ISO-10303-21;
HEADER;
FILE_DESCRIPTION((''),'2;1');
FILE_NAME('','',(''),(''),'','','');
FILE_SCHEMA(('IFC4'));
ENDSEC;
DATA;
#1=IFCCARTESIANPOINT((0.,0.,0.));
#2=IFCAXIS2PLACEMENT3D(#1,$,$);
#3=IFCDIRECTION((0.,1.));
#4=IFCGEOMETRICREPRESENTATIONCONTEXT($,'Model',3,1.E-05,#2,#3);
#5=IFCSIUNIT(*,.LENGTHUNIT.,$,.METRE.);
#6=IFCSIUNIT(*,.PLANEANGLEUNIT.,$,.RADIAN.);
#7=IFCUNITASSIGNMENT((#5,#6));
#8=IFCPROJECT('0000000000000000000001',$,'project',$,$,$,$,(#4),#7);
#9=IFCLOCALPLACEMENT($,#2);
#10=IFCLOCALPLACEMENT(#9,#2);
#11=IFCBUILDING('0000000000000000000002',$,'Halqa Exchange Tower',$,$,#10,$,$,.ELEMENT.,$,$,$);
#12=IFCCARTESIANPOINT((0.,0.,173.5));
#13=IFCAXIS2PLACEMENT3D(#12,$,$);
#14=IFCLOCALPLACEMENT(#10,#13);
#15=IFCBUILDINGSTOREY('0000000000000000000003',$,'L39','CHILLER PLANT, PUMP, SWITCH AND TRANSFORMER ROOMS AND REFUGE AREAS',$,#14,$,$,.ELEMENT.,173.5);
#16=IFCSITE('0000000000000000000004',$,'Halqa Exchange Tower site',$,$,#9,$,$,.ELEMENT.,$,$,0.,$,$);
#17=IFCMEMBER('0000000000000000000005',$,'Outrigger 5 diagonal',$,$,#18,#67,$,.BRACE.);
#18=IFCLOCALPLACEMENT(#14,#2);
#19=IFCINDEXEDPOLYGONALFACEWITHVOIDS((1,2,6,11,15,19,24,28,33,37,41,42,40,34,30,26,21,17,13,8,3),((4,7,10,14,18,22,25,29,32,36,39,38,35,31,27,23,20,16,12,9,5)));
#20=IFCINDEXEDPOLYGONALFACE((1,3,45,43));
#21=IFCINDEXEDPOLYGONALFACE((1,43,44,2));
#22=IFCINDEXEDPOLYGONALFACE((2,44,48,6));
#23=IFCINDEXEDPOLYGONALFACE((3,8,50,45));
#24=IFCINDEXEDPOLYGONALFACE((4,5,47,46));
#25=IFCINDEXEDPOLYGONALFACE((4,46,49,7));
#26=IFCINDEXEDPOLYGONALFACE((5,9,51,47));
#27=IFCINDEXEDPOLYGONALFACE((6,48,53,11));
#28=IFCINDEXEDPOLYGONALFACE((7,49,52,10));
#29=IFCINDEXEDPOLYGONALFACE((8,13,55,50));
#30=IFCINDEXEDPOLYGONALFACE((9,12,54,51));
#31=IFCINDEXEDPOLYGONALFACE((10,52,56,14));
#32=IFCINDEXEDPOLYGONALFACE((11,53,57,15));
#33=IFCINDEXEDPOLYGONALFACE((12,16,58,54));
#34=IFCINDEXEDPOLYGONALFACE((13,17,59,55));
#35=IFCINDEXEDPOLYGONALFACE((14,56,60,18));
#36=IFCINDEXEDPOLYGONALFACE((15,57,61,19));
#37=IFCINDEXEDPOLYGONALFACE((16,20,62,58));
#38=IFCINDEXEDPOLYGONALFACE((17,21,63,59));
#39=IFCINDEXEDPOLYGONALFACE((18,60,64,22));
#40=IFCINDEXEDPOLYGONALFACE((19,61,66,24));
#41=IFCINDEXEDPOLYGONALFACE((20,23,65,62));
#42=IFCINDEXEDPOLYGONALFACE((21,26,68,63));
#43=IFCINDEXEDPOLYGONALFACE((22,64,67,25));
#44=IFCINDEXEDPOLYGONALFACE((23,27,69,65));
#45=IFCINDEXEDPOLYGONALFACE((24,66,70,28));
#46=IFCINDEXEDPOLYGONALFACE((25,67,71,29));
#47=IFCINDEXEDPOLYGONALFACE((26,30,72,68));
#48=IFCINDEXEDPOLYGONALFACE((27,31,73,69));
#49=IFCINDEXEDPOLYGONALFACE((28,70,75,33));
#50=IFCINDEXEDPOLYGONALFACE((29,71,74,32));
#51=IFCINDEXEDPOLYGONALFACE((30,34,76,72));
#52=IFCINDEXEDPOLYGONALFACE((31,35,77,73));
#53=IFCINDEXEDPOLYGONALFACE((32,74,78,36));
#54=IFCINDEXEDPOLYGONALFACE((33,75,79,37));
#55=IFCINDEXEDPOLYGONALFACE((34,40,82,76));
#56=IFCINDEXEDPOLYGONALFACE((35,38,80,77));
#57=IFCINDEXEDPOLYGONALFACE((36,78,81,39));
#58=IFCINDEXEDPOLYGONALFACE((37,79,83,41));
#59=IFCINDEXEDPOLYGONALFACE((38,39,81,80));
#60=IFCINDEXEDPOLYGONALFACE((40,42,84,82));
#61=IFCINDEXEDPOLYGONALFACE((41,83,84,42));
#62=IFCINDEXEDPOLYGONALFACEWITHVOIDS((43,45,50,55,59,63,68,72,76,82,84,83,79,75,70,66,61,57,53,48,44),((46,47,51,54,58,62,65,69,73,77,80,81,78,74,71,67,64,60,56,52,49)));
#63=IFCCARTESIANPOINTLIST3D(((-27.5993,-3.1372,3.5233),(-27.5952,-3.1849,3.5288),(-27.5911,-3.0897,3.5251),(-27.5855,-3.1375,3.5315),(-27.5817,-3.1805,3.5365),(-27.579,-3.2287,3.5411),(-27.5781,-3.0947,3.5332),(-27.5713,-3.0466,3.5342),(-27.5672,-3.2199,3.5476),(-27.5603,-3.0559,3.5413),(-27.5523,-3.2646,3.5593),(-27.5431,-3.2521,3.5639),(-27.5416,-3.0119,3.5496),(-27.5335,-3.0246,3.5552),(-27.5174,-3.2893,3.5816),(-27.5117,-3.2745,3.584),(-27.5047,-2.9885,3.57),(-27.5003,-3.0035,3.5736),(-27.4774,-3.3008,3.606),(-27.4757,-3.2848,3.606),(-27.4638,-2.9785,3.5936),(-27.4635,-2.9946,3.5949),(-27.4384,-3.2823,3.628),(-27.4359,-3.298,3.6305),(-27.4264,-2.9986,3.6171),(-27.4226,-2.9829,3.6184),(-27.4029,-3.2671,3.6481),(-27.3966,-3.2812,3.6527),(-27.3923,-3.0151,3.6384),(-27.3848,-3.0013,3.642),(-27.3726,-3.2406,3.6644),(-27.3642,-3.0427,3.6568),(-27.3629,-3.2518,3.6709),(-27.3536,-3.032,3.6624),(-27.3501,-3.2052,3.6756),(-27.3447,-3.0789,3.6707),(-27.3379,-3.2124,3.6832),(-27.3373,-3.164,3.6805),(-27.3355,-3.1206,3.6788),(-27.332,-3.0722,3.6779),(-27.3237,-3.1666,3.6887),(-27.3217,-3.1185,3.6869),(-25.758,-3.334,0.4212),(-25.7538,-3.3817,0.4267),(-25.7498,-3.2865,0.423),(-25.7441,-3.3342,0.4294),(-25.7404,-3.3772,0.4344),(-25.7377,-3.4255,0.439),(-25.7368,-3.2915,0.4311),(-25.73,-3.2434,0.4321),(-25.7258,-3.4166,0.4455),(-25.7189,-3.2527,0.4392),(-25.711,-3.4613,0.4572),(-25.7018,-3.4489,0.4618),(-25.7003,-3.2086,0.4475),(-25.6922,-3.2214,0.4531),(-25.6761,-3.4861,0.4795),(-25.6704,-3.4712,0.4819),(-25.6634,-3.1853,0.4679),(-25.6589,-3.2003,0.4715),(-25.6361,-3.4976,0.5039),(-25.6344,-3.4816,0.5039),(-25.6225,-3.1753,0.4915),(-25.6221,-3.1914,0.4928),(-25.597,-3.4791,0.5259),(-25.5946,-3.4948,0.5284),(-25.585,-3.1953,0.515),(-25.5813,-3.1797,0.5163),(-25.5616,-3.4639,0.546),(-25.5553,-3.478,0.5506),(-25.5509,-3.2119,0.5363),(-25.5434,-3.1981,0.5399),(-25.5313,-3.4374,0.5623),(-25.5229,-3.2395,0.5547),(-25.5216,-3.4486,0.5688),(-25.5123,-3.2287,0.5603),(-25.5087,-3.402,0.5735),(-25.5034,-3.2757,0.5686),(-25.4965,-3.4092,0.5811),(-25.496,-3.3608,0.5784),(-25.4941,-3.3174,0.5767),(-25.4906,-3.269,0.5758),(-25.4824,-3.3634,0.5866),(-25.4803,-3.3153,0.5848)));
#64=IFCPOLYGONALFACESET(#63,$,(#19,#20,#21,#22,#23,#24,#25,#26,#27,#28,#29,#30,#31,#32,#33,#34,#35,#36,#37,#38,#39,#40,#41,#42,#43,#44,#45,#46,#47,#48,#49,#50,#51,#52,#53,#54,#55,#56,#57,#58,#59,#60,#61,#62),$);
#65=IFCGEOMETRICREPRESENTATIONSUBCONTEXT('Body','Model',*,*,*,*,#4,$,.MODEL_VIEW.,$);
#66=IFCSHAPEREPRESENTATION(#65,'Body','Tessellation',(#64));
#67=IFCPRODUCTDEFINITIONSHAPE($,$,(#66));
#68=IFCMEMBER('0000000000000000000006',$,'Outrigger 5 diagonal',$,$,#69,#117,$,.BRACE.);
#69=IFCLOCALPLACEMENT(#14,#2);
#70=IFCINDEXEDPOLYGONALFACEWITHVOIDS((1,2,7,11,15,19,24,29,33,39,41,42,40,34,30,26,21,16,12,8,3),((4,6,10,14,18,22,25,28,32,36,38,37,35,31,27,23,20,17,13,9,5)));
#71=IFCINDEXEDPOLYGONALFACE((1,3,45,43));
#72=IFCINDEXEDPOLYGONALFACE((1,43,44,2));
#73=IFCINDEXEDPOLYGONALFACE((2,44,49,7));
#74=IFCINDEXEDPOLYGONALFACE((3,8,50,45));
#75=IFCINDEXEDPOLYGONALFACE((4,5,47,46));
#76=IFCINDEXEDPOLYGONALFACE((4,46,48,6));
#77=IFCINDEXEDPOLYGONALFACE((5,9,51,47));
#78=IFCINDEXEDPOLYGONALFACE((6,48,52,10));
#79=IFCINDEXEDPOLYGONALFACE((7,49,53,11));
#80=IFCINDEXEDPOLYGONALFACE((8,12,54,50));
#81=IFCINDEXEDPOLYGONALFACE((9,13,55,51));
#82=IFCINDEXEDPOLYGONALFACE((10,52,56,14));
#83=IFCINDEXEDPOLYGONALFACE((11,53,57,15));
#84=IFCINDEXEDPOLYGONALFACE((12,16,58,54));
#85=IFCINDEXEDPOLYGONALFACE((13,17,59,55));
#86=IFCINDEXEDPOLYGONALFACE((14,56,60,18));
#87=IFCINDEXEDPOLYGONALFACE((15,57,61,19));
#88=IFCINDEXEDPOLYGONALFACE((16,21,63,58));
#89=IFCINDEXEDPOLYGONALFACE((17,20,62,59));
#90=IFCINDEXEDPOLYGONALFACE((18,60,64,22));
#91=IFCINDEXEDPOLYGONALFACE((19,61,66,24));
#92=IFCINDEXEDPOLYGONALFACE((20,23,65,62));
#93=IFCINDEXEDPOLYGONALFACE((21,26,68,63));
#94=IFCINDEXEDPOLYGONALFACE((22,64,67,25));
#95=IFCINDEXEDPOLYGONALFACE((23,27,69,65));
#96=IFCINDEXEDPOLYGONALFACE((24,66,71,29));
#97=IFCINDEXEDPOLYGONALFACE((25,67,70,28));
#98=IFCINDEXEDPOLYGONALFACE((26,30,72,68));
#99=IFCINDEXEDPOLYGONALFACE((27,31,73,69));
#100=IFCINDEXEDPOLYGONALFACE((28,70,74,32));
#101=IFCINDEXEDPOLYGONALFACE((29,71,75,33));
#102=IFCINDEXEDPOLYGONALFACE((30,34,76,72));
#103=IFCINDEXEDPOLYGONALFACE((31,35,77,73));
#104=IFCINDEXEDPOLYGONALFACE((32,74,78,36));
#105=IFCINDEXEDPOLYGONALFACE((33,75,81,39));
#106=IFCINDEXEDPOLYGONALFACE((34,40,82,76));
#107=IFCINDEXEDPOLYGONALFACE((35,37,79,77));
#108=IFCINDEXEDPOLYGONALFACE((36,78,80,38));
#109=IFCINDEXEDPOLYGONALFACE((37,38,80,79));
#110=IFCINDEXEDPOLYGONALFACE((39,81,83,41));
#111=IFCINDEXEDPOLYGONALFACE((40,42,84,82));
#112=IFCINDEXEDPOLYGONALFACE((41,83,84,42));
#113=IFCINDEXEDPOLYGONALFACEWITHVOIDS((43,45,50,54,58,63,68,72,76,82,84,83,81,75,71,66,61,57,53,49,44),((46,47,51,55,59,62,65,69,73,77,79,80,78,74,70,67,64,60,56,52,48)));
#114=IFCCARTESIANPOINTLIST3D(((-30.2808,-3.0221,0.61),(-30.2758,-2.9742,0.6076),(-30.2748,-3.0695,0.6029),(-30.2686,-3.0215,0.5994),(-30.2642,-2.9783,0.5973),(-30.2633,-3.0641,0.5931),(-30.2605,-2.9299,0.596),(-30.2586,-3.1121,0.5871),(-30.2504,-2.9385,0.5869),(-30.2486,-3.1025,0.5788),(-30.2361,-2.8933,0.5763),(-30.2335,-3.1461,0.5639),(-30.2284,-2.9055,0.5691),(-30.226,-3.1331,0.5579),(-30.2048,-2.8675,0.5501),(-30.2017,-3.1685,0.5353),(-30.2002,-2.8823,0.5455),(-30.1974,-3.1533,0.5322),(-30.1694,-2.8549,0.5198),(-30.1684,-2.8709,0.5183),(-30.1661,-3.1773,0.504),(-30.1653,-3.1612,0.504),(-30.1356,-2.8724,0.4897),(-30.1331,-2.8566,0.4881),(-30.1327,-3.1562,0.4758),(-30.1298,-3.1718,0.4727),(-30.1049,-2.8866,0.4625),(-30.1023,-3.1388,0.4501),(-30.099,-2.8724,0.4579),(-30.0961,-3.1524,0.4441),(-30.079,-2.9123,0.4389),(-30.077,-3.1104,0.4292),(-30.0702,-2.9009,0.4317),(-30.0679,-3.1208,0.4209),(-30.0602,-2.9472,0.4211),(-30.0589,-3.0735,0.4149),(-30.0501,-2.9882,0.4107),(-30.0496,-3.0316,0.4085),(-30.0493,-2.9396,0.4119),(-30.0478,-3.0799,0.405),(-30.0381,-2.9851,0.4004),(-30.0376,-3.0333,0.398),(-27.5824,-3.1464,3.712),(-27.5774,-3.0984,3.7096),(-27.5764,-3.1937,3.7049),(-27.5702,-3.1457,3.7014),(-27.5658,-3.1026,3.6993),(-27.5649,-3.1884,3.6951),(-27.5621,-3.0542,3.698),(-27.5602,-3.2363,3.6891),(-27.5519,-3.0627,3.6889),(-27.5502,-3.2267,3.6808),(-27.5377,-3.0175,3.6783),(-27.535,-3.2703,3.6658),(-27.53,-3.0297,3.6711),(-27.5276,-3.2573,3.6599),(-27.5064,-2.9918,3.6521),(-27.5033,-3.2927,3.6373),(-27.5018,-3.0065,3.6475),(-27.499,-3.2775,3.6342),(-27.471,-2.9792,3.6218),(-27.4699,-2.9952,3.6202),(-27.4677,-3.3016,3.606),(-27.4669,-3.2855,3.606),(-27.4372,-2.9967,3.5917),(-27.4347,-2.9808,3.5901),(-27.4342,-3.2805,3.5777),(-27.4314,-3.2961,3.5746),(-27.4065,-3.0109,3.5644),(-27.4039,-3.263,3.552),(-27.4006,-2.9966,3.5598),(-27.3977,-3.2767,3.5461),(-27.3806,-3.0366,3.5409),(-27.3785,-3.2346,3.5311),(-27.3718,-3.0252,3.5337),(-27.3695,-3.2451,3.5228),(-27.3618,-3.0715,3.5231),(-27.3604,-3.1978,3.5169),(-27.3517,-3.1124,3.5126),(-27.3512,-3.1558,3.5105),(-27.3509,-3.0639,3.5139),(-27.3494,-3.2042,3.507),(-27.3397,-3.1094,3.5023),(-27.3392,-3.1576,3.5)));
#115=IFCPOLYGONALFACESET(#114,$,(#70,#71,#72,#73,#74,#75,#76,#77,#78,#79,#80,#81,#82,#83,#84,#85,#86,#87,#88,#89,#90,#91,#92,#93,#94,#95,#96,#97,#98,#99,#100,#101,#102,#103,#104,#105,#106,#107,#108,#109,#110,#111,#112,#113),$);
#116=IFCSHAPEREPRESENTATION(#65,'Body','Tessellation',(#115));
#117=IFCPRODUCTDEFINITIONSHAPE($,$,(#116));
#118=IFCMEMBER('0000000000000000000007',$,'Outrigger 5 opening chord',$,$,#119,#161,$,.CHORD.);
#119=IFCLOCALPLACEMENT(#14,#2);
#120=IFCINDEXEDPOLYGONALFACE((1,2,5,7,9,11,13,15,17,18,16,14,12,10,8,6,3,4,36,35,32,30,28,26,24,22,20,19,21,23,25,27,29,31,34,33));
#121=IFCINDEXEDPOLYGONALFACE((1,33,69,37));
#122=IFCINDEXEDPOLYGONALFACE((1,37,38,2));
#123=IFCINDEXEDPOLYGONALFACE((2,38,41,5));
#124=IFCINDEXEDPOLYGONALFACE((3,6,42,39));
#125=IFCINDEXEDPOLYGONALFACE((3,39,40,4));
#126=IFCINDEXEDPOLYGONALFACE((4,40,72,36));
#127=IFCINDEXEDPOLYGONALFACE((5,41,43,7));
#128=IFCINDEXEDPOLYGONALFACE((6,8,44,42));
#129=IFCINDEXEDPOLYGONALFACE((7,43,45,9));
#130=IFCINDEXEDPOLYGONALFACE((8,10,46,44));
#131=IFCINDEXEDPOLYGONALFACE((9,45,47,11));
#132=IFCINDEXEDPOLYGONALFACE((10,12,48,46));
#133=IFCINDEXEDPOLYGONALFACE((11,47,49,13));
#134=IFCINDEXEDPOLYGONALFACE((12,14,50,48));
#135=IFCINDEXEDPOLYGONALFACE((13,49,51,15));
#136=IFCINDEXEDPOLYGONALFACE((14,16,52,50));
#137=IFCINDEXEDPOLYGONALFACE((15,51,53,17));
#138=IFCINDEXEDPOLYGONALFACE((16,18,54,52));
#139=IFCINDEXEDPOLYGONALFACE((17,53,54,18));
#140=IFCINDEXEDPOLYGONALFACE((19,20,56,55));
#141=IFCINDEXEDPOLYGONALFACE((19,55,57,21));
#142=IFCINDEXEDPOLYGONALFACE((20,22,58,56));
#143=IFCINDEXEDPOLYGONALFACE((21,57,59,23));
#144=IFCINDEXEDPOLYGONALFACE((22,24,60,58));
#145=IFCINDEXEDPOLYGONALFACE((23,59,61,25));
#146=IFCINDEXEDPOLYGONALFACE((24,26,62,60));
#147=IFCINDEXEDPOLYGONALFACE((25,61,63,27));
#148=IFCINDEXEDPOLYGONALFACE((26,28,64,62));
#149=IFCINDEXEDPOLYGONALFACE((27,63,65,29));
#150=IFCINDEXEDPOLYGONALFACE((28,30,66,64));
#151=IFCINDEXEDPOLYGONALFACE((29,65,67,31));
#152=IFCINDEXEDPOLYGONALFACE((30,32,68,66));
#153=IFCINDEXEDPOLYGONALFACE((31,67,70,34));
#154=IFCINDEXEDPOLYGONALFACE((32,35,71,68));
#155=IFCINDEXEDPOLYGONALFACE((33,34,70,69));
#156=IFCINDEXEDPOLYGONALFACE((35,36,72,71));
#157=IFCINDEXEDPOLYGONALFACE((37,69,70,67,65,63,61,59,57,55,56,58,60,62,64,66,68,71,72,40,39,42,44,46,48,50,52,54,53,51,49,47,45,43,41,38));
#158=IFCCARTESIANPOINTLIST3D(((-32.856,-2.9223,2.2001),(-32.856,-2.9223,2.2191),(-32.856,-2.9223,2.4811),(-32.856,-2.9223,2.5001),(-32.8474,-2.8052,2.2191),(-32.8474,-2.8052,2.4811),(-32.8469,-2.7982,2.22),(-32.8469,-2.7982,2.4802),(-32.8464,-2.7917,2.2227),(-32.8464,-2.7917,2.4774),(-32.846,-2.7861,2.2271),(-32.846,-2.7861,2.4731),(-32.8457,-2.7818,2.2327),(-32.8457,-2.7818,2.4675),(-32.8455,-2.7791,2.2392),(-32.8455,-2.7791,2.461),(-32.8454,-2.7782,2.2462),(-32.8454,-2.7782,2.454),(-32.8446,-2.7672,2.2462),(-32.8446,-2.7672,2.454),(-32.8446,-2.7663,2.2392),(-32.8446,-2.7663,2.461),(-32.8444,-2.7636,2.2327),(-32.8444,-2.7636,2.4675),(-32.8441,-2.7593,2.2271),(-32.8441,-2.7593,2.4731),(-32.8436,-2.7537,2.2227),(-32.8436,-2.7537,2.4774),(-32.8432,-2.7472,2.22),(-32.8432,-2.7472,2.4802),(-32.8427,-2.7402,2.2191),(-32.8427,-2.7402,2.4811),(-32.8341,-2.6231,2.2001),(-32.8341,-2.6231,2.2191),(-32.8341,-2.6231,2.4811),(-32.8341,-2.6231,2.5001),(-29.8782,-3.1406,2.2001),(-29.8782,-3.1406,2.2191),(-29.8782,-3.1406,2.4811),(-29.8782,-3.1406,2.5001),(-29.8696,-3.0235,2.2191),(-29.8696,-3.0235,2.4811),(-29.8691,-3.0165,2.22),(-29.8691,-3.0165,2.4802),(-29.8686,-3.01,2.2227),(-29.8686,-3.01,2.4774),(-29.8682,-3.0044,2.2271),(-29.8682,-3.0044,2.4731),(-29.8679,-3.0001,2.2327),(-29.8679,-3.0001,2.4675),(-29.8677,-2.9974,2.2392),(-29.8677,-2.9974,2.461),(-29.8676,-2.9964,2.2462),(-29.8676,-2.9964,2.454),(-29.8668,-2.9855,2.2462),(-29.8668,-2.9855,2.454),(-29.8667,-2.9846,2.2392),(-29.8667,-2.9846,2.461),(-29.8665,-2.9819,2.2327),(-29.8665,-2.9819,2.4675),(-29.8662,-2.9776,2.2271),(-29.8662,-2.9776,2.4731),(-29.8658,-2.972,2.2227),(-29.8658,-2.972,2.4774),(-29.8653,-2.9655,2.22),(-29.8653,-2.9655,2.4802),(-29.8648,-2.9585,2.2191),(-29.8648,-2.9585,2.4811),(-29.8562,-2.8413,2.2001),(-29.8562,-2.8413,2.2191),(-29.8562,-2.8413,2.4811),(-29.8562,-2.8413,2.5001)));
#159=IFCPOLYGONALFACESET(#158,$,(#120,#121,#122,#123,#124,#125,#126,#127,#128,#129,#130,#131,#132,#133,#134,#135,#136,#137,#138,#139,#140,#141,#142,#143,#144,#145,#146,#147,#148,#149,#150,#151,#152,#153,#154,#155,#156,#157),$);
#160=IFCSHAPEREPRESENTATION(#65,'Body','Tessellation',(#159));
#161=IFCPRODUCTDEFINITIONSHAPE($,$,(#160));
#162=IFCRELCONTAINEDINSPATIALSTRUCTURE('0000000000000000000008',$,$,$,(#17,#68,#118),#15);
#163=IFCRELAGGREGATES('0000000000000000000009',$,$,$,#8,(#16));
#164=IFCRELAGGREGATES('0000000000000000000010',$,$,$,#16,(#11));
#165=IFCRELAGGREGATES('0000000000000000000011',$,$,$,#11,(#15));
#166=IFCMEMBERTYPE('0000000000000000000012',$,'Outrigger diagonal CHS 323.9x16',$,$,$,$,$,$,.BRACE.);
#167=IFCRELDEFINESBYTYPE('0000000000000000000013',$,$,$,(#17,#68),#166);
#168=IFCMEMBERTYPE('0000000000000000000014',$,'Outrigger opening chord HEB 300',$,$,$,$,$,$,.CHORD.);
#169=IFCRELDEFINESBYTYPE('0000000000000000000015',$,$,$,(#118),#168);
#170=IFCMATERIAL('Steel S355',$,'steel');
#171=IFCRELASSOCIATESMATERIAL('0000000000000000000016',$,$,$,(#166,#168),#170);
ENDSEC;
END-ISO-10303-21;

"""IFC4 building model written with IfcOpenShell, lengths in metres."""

from ifc_helpers import new_model, si_unit, direction, frame, origin, origin_2d, place, context, subcontext, project, spatial, hollow_circle, i_section, extrude, material, material_profile, profile_set, type_object, element, save


model = new_model("IFC4")

# Units and contexts
model_context = context("Model", 3, precision=1e-05, world=origin(), true_north=direction((0.0, 1.0)))
body_context = subcontext(model_context, "Body", "Model", "MODEL_VIEW")
ifc_project = project(units=[si_unit("LENGTHUNIT", "METRE"), si_unit("PLANEANGLEUNIT", "RADIAN")], contexts=[model_context])

# Site, building, storey
site_placement = place(None, origin())
site = spatial("IfcSite", under=ifc_project, at=site_placement, Name="Halqa Exchange Tower site", CompositionType="ELEMENT", RefElevation=0.0)
building_placement = place(site_placement, origin())
building = spatial("IfcBuilding", under=site, at=building_placement, Name="Halqa Exchange Tower", CompositionType="ELEMENT")
storey_placement = place(building_placement, frame((0.0, 0.0, 173.5)))
storey = spatial("IfcBuildingStorey", under=building, at=storey_placement, Name="L39", Description="CHILLER PLANT, PUMP, SWITCH AND TRANSFORMER ROOMS AND REFUGE AREAS", CompositionType="ELEMENT", Elevation=173.5)

# Members
ifc_material_1 = material(Name="Steel S355", Category="steel")
ifc_material_profile_1 = material_profile(ifc_material_1, hollow_circle(Radius=0.1619, WallThickness=0.0161, at=origin_2d()), Name="CHS 323.9x16")
ifc_profile_set_1 = profile_set([ifc_material_profile_1], Name="Steel S355")
member_type_1 = type_object("IfcMemberType", Name="Outrigger diagonal CHS 323.9x16", PredefinedType="BRACE", material=ifc_profile_set_1)
member_1_placement = place(storey_placement, frame((-25.6189, -3.3367, 0.5039), z_axis=(-0.509672, 0.054468, 0.858643), x_axis=(-0.106263, -0.994338, 0.0)))
element("IfcMember", 1, at=member_1_placement, inside=storey, type_object=member_type_1, Name="Outrigger 5 diagonal", PredefinedType="BRACE", context=body_context, shape_type="SweptSolid", body=[
    extrude(hollow_circle(Radius=0.1619, WallThickness=0.0161, at=origin_2d()), origin(), (0.0, 0.0, 1.0), 3.6128),
])
member_2_placement = place(storey_placement, frame((-27.4602, -3.1399, 3.606), z_axis=(-0.656025, 0.03021, -0.754135), x_axis=(-0.046002, -0.998941, 0.0)))
element("IfcMember", 2, at=member_2_placement, inside=storey, type_object=member_type_1, Name="Outrigger 5 diagonal", PredefinedType="BRACE", context=body_context, shape_type="SweptSolid", body=[
    extrude(hollow_circle(Radius=0.1619, WallThickness=0.0161, at=origin_2d()), origin(), (0.0, 0.0, 1.0), 4.1133),
])
ifc_material_profile_2 = material_profile(ifc_material_1, i_section(OverallWidth=0.3, OverallDepth=0.3, WebThickness=0.011, FlangeThickness=0.019, FilletRadius=0.0271, at=origin_2d()), Name="HEB 300")
ifc_profile_set_2 = profile_set([ifc_material_profile_2], Name="Steel S355")
member_type_2 = type_object("IfcMemberType", Name="Outrigger opening chord HEB 300", PredefinedType="CHORD", material=ifc_profile_set_2)
member_3_placement = place(storey_placement, frame((-29.8672, -2.991, 2.3501), z_axis=(-0.997325, 0.073101, 0.0), x_axis=(-0.073101, -0.997325, 0.0)))
element("IfcMember", 3, at=member_3_placement, inside=storey, type_object=member_type_2, Name="Outrigger 5 opening chord", PredefinedType="CHORD", context=body_context, shape_type="SweptSolid", body=[
    extrude(i_section(OverallWidth=0.3, OverallDepth=0.3, WebThickness=0.011, FlangeThickness=0.019, FilletRadius=0.0271, at=origin_2d()), origin(), (0.0, 0.0, 1.0), 2.9858),
])

save(model, "model.ifc")
